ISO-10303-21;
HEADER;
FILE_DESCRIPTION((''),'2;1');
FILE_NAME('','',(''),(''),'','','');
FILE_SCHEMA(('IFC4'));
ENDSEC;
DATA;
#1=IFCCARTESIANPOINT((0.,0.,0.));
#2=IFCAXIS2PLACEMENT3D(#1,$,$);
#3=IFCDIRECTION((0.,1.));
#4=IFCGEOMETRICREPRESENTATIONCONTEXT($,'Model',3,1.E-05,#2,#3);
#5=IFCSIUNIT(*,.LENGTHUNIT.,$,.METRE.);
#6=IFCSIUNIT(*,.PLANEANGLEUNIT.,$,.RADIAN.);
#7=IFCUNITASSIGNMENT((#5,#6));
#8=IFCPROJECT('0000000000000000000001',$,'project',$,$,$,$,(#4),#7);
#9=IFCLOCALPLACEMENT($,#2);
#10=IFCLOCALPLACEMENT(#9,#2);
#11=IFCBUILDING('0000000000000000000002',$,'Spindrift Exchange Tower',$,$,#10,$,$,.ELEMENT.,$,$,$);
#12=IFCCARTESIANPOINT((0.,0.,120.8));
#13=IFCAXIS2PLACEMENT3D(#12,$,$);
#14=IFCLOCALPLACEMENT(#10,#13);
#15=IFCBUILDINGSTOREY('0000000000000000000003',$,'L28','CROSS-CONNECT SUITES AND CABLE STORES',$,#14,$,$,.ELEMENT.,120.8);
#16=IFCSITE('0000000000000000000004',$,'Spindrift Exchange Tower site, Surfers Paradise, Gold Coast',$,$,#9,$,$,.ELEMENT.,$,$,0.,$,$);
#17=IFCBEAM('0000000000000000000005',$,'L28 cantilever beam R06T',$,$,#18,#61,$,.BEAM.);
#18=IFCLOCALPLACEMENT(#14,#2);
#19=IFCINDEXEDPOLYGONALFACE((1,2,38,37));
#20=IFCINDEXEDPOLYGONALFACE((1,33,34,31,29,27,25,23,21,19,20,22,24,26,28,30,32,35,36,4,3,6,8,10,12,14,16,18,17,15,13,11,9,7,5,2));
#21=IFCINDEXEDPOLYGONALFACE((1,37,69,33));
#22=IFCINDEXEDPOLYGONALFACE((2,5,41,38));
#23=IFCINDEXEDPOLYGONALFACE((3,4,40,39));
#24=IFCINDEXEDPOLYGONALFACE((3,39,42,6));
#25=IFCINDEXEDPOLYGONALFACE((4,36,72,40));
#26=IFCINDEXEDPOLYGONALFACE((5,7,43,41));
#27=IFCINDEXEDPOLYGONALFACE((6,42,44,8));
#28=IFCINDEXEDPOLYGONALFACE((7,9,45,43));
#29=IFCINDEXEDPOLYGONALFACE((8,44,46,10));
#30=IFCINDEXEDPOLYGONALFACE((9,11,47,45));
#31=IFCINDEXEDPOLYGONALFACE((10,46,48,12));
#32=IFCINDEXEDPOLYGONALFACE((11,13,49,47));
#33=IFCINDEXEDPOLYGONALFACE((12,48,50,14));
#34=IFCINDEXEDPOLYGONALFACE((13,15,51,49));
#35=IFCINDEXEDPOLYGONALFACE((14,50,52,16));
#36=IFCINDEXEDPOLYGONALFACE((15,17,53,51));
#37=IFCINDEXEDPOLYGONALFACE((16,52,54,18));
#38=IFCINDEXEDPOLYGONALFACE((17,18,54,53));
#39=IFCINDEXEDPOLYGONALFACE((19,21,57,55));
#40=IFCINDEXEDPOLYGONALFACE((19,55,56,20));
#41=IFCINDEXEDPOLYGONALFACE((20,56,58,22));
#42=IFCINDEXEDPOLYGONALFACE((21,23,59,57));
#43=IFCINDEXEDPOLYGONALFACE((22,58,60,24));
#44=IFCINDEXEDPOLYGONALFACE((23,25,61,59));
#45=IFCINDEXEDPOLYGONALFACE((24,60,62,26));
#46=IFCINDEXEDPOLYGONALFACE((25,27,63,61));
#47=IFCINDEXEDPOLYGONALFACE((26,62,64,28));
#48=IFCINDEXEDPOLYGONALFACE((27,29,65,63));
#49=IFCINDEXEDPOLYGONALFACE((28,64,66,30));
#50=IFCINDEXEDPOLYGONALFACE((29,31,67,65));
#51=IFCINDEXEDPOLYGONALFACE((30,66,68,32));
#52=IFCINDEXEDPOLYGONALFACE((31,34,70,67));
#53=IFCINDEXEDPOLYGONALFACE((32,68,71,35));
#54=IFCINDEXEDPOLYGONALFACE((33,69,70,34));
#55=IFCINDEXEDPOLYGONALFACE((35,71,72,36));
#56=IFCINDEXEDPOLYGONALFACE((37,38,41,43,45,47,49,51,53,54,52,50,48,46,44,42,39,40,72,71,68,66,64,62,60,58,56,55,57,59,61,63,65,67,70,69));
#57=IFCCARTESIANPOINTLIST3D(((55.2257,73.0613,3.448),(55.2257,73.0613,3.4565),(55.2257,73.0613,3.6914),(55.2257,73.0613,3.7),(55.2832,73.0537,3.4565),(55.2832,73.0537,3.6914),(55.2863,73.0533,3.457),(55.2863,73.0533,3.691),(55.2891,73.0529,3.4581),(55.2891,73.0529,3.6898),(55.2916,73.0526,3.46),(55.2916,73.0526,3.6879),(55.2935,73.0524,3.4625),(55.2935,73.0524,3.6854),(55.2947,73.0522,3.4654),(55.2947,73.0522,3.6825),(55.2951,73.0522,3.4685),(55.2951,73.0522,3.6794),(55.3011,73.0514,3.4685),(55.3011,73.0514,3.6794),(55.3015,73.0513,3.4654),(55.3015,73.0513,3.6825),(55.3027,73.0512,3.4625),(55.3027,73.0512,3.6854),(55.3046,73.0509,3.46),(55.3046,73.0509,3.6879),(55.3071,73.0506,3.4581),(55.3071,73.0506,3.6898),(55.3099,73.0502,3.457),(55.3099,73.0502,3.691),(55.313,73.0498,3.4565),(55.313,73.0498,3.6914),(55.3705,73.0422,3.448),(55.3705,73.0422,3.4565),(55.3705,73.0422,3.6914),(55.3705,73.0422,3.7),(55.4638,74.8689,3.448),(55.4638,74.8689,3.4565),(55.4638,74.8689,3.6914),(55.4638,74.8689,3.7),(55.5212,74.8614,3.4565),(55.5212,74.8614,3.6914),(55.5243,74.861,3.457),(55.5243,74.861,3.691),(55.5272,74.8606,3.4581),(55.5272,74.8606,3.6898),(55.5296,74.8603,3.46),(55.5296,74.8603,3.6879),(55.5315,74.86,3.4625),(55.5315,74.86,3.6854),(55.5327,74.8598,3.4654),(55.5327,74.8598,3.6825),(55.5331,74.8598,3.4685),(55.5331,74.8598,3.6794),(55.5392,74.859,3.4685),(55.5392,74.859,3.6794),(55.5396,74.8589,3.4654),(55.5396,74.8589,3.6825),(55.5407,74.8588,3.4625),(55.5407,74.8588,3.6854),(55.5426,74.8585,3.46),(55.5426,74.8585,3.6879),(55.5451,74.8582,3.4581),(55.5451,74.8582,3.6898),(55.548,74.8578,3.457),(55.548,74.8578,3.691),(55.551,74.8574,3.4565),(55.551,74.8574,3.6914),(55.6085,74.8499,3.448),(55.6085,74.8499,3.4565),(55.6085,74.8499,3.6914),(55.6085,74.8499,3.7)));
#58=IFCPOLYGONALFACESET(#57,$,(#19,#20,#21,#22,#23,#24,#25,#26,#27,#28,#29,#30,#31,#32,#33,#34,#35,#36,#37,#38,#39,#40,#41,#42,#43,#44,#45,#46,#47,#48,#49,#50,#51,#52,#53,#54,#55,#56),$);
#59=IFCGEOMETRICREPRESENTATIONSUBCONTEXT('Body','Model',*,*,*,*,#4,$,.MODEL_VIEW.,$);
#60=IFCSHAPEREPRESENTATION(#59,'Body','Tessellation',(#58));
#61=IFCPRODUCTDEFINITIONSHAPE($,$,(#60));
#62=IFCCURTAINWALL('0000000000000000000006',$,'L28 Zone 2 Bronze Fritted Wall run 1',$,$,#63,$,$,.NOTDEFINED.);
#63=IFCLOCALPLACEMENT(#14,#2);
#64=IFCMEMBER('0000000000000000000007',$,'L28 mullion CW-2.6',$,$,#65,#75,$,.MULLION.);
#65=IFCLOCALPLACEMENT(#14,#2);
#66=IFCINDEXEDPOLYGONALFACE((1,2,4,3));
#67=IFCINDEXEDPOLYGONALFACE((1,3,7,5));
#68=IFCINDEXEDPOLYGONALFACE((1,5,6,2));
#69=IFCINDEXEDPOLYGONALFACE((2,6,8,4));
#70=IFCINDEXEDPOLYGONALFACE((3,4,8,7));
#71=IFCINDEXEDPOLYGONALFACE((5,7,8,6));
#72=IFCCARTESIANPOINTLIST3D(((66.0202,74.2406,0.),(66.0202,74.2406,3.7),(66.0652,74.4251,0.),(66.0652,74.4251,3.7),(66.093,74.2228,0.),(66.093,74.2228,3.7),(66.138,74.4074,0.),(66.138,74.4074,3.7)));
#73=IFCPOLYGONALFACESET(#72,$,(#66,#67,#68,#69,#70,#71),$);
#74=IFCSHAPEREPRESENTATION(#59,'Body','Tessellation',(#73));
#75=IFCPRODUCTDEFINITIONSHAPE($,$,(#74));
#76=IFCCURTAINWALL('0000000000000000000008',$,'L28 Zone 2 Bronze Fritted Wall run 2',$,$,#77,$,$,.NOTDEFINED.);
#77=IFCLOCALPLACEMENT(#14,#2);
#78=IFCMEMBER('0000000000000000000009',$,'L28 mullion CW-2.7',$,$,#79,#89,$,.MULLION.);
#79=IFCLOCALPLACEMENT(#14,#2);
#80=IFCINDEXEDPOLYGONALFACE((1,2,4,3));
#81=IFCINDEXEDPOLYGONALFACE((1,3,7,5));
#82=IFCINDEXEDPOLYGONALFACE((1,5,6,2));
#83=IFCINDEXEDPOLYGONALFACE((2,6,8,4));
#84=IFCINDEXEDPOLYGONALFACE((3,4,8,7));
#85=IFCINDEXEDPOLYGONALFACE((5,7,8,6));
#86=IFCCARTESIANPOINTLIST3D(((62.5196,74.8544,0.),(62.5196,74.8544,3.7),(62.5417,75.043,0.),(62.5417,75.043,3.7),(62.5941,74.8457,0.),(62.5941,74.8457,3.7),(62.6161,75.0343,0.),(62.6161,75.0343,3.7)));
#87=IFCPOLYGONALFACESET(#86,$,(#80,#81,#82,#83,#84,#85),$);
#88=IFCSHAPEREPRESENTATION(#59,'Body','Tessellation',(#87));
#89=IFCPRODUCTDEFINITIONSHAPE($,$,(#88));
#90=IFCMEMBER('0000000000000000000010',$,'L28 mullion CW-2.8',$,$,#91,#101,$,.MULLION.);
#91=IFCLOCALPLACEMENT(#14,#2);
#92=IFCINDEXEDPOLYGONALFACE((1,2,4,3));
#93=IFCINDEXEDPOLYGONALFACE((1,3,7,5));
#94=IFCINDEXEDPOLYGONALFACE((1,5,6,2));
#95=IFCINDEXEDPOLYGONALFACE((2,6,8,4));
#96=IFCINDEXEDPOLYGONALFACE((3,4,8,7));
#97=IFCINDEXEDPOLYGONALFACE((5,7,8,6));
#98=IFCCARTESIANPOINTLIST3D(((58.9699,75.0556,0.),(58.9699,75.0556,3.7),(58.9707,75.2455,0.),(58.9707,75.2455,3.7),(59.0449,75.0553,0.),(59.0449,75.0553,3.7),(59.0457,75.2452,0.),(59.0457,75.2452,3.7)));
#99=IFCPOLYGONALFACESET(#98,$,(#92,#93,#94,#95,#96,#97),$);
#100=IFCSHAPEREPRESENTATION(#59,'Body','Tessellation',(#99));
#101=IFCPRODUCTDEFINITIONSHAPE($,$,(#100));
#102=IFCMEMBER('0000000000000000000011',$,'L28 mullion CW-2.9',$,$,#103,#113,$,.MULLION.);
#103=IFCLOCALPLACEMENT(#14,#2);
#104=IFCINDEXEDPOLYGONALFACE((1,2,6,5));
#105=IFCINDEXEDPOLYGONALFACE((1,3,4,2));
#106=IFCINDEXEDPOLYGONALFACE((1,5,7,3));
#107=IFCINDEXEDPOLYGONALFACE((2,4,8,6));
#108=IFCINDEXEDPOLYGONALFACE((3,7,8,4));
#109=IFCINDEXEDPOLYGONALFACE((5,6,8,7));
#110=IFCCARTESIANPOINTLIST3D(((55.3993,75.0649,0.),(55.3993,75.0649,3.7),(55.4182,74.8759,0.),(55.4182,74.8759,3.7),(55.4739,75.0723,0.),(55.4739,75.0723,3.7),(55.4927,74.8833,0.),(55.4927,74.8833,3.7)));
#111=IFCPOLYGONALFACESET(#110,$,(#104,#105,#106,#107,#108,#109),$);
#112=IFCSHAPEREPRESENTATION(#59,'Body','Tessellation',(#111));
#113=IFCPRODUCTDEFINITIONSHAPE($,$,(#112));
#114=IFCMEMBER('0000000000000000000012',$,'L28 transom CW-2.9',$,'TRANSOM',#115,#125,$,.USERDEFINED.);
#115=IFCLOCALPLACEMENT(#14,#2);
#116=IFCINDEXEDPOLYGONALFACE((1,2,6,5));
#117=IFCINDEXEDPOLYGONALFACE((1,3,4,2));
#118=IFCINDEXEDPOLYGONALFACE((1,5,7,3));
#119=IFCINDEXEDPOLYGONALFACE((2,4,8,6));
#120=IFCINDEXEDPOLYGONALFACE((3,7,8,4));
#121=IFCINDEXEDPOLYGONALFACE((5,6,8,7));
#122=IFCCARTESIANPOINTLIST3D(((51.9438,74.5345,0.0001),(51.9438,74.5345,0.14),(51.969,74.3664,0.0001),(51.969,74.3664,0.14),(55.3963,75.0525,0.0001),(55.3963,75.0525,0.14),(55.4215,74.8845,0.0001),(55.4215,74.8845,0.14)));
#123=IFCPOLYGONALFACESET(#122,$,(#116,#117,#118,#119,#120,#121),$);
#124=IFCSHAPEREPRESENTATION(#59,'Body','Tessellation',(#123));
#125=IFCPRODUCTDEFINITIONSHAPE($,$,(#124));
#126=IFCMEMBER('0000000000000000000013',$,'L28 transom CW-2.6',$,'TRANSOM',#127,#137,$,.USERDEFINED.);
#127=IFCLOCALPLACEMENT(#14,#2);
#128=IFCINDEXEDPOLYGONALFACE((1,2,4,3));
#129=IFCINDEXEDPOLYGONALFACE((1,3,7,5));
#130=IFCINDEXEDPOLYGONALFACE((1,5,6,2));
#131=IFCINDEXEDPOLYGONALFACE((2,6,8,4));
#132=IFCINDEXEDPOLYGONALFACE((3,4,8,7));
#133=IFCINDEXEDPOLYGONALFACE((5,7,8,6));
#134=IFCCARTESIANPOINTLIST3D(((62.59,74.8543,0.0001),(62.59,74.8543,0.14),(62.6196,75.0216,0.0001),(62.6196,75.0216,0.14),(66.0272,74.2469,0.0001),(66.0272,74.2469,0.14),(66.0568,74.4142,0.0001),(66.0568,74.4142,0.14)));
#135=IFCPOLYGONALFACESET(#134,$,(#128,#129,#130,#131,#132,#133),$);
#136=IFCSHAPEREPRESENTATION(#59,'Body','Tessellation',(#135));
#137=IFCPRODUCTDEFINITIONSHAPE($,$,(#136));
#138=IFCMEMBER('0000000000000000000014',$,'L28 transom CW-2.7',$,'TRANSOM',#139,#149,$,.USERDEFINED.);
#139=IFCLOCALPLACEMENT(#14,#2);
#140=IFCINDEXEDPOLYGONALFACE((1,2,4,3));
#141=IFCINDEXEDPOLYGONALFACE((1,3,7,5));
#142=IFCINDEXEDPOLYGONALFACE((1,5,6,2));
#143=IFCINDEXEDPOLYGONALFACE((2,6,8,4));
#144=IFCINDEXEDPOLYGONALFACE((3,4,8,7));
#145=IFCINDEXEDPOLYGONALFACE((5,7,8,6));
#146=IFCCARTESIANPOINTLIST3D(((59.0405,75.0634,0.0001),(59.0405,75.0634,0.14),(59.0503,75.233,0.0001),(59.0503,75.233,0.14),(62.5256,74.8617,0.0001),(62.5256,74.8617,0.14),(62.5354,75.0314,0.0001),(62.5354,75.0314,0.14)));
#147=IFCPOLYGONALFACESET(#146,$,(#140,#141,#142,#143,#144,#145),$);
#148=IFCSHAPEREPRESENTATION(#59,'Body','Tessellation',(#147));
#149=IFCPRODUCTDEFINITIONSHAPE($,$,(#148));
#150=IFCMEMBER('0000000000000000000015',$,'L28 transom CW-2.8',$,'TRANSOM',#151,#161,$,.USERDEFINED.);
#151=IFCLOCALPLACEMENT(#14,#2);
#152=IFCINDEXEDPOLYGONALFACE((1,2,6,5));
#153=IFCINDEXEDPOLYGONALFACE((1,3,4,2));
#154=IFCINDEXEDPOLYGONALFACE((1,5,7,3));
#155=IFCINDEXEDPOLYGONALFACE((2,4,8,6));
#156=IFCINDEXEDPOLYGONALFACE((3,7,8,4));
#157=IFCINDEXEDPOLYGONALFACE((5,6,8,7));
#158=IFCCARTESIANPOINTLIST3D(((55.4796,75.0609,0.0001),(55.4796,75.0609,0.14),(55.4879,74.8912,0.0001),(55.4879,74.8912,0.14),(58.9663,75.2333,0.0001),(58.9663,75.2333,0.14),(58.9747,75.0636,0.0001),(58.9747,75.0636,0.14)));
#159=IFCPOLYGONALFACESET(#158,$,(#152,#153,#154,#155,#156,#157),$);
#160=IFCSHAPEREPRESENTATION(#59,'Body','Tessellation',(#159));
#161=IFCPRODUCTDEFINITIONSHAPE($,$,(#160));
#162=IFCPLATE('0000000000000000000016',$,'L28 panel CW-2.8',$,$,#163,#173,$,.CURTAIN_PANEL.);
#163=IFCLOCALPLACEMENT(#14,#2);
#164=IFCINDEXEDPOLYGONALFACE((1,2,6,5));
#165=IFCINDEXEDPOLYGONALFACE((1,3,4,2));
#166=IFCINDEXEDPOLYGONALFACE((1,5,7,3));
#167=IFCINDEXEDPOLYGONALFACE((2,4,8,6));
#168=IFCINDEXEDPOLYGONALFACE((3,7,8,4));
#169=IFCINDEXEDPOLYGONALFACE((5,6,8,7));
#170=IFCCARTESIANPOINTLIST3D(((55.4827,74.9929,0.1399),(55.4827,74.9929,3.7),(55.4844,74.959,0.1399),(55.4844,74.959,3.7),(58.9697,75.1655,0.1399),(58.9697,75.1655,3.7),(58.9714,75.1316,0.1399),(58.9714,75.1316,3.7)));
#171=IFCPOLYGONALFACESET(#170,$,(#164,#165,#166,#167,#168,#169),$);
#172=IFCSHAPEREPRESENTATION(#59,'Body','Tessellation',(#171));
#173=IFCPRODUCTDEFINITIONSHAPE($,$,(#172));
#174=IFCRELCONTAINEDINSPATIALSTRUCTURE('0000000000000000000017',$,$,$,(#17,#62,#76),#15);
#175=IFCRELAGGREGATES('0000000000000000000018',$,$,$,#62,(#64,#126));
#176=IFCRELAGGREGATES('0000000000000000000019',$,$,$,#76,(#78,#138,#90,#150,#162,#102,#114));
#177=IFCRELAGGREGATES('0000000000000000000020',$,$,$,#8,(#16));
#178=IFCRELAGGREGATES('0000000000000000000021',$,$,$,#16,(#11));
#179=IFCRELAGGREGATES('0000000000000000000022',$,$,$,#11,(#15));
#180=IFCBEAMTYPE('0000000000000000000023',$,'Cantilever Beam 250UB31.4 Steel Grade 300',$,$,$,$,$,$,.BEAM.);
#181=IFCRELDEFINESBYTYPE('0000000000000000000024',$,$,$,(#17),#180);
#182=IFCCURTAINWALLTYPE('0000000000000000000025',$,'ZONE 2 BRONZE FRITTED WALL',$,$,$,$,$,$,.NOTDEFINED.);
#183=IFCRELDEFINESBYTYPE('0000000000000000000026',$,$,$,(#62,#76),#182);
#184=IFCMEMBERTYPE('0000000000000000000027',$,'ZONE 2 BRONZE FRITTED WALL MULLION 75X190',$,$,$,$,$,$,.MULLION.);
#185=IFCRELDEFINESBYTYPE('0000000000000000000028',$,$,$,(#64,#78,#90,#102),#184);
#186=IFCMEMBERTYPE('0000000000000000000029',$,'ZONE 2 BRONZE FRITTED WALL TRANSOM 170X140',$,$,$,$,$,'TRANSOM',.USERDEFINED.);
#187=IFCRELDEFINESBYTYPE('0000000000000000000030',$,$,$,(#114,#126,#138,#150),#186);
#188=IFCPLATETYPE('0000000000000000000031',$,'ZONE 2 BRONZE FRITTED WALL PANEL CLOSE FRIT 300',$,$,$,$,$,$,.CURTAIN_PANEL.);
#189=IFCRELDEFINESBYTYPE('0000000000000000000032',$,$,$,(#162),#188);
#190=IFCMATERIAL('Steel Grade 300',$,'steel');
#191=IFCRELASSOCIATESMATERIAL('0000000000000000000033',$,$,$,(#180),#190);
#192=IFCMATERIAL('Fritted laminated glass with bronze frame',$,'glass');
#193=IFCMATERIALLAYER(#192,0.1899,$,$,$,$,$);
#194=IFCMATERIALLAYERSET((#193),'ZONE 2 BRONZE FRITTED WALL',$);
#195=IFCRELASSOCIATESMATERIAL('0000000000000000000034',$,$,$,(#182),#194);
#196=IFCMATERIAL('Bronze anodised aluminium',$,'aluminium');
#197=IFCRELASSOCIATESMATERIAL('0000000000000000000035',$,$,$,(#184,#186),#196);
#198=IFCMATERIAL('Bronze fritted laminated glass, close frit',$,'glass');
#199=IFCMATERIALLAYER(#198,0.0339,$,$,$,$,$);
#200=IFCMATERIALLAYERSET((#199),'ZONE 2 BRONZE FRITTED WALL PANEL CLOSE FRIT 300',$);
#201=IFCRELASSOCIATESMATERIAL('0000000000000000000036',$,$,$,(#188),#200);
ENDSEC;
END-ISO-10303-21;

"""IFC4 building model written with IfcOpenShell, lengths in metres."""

from ifc_helpers import new_model, si_unit, direction, frame, origin, origin_2d, place, context, subcontext, project, spatial, rectangle, i_section, extrude, source, transform, mapped, material, layer, layer_set, material_profile, profile_set, type_object, element, aggregate, save


model = new_model("IFC4")

# Units and contexts
model_context = context("Model", 3, precision=1e-05, world=origin(), true_north=direction((0.0, 1.0)))
body_context = subcontext(model_context, "Body", "Model", "MODEL_VIEW")
ifc_project = project(units=[si_unit("LENGTHUNIT", "METRE"), si_unit("PLANEANGLEUNIT", "RADIAN")], contexts=[model_context])

# Site, building, storey
site_placement = place(None, origin())
site = spatial("IfcSite", under=ifc_project, at=site_placement, Name="Spindrift Exchange Tower site, Surfers Paradise, Gold Coast", CompositionType="ELEMENT", RefElevation=0.0)
building_placement = place(site_placement, origin())
building = spatial("IfcBuilding", under=site, at=building_placement, Name="Spindrift Exchange Tower", CompositionType="ELEMENT")
storey_placement = place(building_placement, frame((0.0, 0.0, 120.8)))
storey = spatial("IfcBuildingStorey", under=building, at=storey_placement, Name="L28", Description="CROSS-CONNECT SUITES AND CABLE STORES", CompositionType="ELEMENT", Elevation=120.8)

# Beam
ifc_material_1 = material(Name="Steel Grade 300", Category="steel")
ifc_material_profile_1 = material_profile(ifc_material_1, i_section(OverallWidth=0.146, OverallDepth=0.252, WebThickness=0.0061, FlangeThickness=0.0085, FilletRadius=0.012, at=origin_2d()), Name="250UB31.4")
ifc_profile_set_1 = profile_set([ifc_material_profile_1], Name="Steel Grade 300")
beam_type_1 = type_object("IfcBeamType", Name="Cantilever Beam 250UB31.4 Steel Grade 300", PredefinedType="BEAM", material=ifc_profile_set_1)
shared_shape_1 = source(origin(), body_context, "Body", "SweptSolid", [
    extrude(i_section(OverallWidth=0.146, OverallDepth=0.252, WebThickness=0.0061, FlangeThickness=0.0085, FilletRadius=0.012, at=origin_2d()), origin(), (0.0, 0.0, 1.0), 1.8232),
])
beam_1_placement = place(storey_placement, frame((55.2981, 73.0518, 3.574), z_axis=(0.130558, 0.991441, 0.0), x_axis=(-0.991441, 0.130558, 0.0)))
element("IfcBeam", 1, at=beam_1_placement, inside=storey, type_object=beam_type_1, Name="L28 cantilever beam R06T", PredefinedType="BEAM", context=body_context, shape_type="MappedRepresentation", body=[
    mapped(shared_shape_1, transform((0.0, 0.0, 0.0), scale=1.0)),
])

# Curtain wall, member
ifc_material_2 = material(Name="Fritted laminated glass with bronze frame", Category="glass")
ifc_layer_1 = layer(ifc_material_2, 0.1899)
ifc_layer_set_1 = layer_set([ifc_layer_1], Name="ZONE 2 BRONZE FRITTED WALL")
curtain_wall_type = type_object("IfcCurtainWallType", Name="ZONE 2 BRONZE FRITTED WALL", PredefinedType="NOTDEFINED", material=ifc_layer_set_1)
curtain_wall_1_placement = place(storey_placement, origin())
curtain_wall_1 = element("IfcCurtainWall", 2, at=curtain_wall_1_placement, inside=storey, type_object=curtain_wall_type, Name="L28 Zone 2 Bronze Fritted Wall run 1", PredefinedType="NOTDEFINED")
ifc_material_3 = material(Name="Bronze anodised aluminium", Category="aluminium")
ifc_material_profile_2 = material_profile(ifc_material_3, rectangle(XDim=0.075, YDim=0.1899, at=origin_2d()), Name="ZONE 2 BRONZE FRITTED WALL MULLION 75X190")
ifc_profile_set_2 = profile_set([ifc_material_profile_2], Name="Bronze anodised aluminium")
member_type_1 = type_object("IfcMemberType", Name="ZONE 2 BRONZE FRITTED WALL MULLION 75X190", PredefinedType="MULLION", material=ifc_profile_set_2)
shared_shape_2 = source(origin(), body_context, "Body", "SweptSolid", [
    extrude(rectangle(XDim=0.075, YDim=0.1899, at=origin_2d()), origin(), (0.0, 0.0, 1.0), 3.7),
])
member_1_placement = place(storey_placement, frame((66.0791, 74.324, 0.0), z_axis=(0.0, 0.0, 1.0), x_axis=(-0.971481, 0.237117, 0.0)))
member_1 = element("IfcMember", 3, at=member_1_placement, type_object=member_type_1, Name="L28 mullion CW-2.6", PredefinedType="MULLION", context=body_context, shape_type="MappedRepresentation", body=[
    mapped(shared_shape_2, transform((0.0, 0.0, 0.0), scale=1.0)),
])

# Curtain wall, members
curtain_wall_2_placement = place(storey_placement, origin())
curtain_wall_2 = element("IfcCurtainWall", 4, at=curtain_wall_2_placement, inside=storey, type_object=curtain_wall_type, Name="L28 Zone 2 Bronze Fritted Wall run 2", PredefinedType="NOTDEFINED")
member_2_placement = place(storey_placement, frame((62.5679, 74.9443, 0.0), z_axis=(0.0, 0.0, 1.0), x_axis=(-0.993239, 0.116084, 0.0)))
member_2 = element("IfcMember", 5, at=member_2_placement, type_object=member_type_1, Name="L28 mullion CW-2.7", PredefinedType="MULLION", context=body_context, shape_type="MappedRepresentation", body=[
    mapped(shared_shape_2, transform((0.0, 0.0, 0.0), scale=1.0)),
])
member_3_placement = place(storey_placement, frame((59.0078, 75.1504, 0.0), z_axis=(0.0, 0.0, 1.0), x_axis=(-0.999991, 0.004172, 0.0)))
member_3 = element("IfcMember", 6, at=member_3_placement, type_object=member_type_1, Name="L28 mullion CW-2.8", PredefinedType="MULLION", context=body_context, shape_type="MappedRepresentation", body=[
    mapped(shared_shape_2, transform((0.0, 0.0, 0.0), scale=1.0)),
])
member_4_placement = place(storey_placement, frame((55.446, 74.9741, 0.0), z_axis=(0.0, 0.0, 1.0), x_axis=(-0.995084, -0.099034, 0.0)))
member_4 = element("IfcMember", 7, at=member_4_placement, type_object=member_type_1, Name="L28 mullion CW-2.9", PredefinedType="MULLION", context=body_context, shape_type="MappedRepresentation", body=[
    mapped(shared_shape_2, transform((0.0, 0.0, 0.0), scale=1.0)),
])
ifc_material_profile_3 = material_profile(ifc_material_3, rectangle(XDim=0.1699, YDim=0.1399, at=origin_2d()), Name="ZONE 2 BRONZE FRITTED WALL TRANSOM 170X140")
ifc_profile_set_3 = profile_set([ifc_material_profile_3], Name="Bronze anodised aluminium")
member_type_2 = type_object("IfcMemberType", Name="ZONE 2 BRONZE FRITTED WALL TRANSOM 170X140", ElementType="TRANSOM", PredefinedType="USERDEFINED", material=ifc_profile_set_3)
shared_shape_3 = source(origin(), body_context, "Body", "SweptSolid", [
    extrude(rectangle(XDim=0.1699, YDim=0.1399, at=origin_2d()), origin(), (0.0, 0.0, 1.0), 3.4912),
])
member_5_placement = place(storey_placement, frame((55.4089, 74.9685, 0.0701), z_axis=(-0.988929, -0.148388, 0.0), x_axis=(0.148388, -0.988929, 0.0)))
member_5 = element("IfcMember", 8, at=member_5_placement, type_object=member_type_2, Name="L28 transom CW-2.9", ObjectType="TRANSOM", PredefinedType="USERDEFINED", context=body_context, shape_type="MappedRepresentation", body=[
    mapped(shared_shape_3, transform((0.0, 0.0, 0.0), scale=1.0)),
])

# Members
shared_shape_4 = source(origin(), body_context, "Body", "SweptSolid", [
    extrude(rectangle(XDim=0.1699, YDim=0.1399, at=origin_2d()), origin(), (0.0, 0.0, 1.0), 3.4905),
])
member_6_placement = place(storey_placement, frame((66.042, 74.3306, 0.0701), z_axis=(-0.984742, 0.174021, 0.0), x_axis=(-0.174021, -0.984742, 0.0)))
member_6 = element("IfcMember", 9, at=member_6_placement, type_object=member_type_2, Name="L28 transom CW-2.6", ObjectType="TRANSOM", PredefinedType="USERDEFINED", context=body_context, shape_type="MappedRepresentation", body=[
    mapped(shared_shape_4, transform((0.0, 0.0, 0.0), scale=1.0)),
])
shared_shape_5 = source(origin(), body_context, "Body", "SweptSolid", [
    extrude(rectangle(XDim=0.1699, YDim=0.1399, at=origin_2d()), origin(), (0.0, 0.0, 1.0), 3.491),
])
member_7_placement = place(storey_placement, frame((62.5305, 74.9465, 0.0701), z_axis=(-0.99833, 0.057767, 0.0), x_axis=(-0.057767, -0.99833, 0.0)))
member_7 = element("IfcMember", 10, at=member_7_placement, type_object=member_type_2, Name="L28 transom CW-2.7", ObjectType="TRANSOM", PredefinedType="USERDEFINED", context=body_context, shape_type="MappedRepresentation", body=[
    mapped(shared_shape_5, transform((0.0, 0.0, 0.0), scale=1.0)),
])
member_8_placement = place(storey_placement, frame((58.9705, 75.1484, 0.0701), z_axis=(-0.99878, -0.049373, 0.0), x_axis=(0.049373, -0.99878, 0.0)))
member_8 = element("IfcMember", 11, at=member_8_placement, type_object=member_type_2, Name="L28 transom CW-2.8", ObjectType="TRANSOM", PredefinedType="USERDEFINED", context=body_context, shape_type="MappedRepresentation", body=[
    mapped(shared_shape_5, transform((0.0, 0.0, 0.0), scale=1.0)),
])

# Plate
ifc_material_4 = material(Name="Bronze fritted laminated glass, close frit", Category="glass")
ifc_layer_2 = layer(ifc_material_4, 0.0339)
ifc_layer_set_2 = layer_set([ifc_layer_2], Name="ZONE 2 BRONZE FRITTED WALL PANEL CLOSE FRIT 300")
plate_type_1 = type_object("IfcPlateType", Name="ZONE 2 BRONZE FRITTED WALL PANEL CLOSE FRIT 300", PredefinedType="CURTAIN_PANEL", material=ifc_layer_set_2)
shared_shape_6 = source(origin(), body_context, "Body", "SweptSolid", [
    extrude(rectangle(XDim=3.4912, YDim=0.0339, at=origin_2d()), origin(), (0.0, 0.0, 1.0), 3.5601),
])
plate_1_placement = place(storey_placement, frame((57.2271, 75.0623, 0.1399), z_axis=(0.0, 0.0, 1.0), x_axis=(-0.998777, -0.049437, 0.0)))
plate_1 = element("IfcPlate", 12, at=plate_1_placement, type_object=plate_type_1, Name="L28 panel CW-2.8", PredefinedType="CURTAIN_PANEL", context=body_context, shape_type="MappedRepresentation", body=[
    mapped(shared_shape_6, transform((0.0, 0.0, 0.0), scale=1.0)),
])
aggregate(curtain_wall_1, [member_1, member_6])
aggregate(curtain_wall_2, [member_2, member_7, member_3, member_8, plate_1, member_4, member_5])

save(model, "model.ifc")
